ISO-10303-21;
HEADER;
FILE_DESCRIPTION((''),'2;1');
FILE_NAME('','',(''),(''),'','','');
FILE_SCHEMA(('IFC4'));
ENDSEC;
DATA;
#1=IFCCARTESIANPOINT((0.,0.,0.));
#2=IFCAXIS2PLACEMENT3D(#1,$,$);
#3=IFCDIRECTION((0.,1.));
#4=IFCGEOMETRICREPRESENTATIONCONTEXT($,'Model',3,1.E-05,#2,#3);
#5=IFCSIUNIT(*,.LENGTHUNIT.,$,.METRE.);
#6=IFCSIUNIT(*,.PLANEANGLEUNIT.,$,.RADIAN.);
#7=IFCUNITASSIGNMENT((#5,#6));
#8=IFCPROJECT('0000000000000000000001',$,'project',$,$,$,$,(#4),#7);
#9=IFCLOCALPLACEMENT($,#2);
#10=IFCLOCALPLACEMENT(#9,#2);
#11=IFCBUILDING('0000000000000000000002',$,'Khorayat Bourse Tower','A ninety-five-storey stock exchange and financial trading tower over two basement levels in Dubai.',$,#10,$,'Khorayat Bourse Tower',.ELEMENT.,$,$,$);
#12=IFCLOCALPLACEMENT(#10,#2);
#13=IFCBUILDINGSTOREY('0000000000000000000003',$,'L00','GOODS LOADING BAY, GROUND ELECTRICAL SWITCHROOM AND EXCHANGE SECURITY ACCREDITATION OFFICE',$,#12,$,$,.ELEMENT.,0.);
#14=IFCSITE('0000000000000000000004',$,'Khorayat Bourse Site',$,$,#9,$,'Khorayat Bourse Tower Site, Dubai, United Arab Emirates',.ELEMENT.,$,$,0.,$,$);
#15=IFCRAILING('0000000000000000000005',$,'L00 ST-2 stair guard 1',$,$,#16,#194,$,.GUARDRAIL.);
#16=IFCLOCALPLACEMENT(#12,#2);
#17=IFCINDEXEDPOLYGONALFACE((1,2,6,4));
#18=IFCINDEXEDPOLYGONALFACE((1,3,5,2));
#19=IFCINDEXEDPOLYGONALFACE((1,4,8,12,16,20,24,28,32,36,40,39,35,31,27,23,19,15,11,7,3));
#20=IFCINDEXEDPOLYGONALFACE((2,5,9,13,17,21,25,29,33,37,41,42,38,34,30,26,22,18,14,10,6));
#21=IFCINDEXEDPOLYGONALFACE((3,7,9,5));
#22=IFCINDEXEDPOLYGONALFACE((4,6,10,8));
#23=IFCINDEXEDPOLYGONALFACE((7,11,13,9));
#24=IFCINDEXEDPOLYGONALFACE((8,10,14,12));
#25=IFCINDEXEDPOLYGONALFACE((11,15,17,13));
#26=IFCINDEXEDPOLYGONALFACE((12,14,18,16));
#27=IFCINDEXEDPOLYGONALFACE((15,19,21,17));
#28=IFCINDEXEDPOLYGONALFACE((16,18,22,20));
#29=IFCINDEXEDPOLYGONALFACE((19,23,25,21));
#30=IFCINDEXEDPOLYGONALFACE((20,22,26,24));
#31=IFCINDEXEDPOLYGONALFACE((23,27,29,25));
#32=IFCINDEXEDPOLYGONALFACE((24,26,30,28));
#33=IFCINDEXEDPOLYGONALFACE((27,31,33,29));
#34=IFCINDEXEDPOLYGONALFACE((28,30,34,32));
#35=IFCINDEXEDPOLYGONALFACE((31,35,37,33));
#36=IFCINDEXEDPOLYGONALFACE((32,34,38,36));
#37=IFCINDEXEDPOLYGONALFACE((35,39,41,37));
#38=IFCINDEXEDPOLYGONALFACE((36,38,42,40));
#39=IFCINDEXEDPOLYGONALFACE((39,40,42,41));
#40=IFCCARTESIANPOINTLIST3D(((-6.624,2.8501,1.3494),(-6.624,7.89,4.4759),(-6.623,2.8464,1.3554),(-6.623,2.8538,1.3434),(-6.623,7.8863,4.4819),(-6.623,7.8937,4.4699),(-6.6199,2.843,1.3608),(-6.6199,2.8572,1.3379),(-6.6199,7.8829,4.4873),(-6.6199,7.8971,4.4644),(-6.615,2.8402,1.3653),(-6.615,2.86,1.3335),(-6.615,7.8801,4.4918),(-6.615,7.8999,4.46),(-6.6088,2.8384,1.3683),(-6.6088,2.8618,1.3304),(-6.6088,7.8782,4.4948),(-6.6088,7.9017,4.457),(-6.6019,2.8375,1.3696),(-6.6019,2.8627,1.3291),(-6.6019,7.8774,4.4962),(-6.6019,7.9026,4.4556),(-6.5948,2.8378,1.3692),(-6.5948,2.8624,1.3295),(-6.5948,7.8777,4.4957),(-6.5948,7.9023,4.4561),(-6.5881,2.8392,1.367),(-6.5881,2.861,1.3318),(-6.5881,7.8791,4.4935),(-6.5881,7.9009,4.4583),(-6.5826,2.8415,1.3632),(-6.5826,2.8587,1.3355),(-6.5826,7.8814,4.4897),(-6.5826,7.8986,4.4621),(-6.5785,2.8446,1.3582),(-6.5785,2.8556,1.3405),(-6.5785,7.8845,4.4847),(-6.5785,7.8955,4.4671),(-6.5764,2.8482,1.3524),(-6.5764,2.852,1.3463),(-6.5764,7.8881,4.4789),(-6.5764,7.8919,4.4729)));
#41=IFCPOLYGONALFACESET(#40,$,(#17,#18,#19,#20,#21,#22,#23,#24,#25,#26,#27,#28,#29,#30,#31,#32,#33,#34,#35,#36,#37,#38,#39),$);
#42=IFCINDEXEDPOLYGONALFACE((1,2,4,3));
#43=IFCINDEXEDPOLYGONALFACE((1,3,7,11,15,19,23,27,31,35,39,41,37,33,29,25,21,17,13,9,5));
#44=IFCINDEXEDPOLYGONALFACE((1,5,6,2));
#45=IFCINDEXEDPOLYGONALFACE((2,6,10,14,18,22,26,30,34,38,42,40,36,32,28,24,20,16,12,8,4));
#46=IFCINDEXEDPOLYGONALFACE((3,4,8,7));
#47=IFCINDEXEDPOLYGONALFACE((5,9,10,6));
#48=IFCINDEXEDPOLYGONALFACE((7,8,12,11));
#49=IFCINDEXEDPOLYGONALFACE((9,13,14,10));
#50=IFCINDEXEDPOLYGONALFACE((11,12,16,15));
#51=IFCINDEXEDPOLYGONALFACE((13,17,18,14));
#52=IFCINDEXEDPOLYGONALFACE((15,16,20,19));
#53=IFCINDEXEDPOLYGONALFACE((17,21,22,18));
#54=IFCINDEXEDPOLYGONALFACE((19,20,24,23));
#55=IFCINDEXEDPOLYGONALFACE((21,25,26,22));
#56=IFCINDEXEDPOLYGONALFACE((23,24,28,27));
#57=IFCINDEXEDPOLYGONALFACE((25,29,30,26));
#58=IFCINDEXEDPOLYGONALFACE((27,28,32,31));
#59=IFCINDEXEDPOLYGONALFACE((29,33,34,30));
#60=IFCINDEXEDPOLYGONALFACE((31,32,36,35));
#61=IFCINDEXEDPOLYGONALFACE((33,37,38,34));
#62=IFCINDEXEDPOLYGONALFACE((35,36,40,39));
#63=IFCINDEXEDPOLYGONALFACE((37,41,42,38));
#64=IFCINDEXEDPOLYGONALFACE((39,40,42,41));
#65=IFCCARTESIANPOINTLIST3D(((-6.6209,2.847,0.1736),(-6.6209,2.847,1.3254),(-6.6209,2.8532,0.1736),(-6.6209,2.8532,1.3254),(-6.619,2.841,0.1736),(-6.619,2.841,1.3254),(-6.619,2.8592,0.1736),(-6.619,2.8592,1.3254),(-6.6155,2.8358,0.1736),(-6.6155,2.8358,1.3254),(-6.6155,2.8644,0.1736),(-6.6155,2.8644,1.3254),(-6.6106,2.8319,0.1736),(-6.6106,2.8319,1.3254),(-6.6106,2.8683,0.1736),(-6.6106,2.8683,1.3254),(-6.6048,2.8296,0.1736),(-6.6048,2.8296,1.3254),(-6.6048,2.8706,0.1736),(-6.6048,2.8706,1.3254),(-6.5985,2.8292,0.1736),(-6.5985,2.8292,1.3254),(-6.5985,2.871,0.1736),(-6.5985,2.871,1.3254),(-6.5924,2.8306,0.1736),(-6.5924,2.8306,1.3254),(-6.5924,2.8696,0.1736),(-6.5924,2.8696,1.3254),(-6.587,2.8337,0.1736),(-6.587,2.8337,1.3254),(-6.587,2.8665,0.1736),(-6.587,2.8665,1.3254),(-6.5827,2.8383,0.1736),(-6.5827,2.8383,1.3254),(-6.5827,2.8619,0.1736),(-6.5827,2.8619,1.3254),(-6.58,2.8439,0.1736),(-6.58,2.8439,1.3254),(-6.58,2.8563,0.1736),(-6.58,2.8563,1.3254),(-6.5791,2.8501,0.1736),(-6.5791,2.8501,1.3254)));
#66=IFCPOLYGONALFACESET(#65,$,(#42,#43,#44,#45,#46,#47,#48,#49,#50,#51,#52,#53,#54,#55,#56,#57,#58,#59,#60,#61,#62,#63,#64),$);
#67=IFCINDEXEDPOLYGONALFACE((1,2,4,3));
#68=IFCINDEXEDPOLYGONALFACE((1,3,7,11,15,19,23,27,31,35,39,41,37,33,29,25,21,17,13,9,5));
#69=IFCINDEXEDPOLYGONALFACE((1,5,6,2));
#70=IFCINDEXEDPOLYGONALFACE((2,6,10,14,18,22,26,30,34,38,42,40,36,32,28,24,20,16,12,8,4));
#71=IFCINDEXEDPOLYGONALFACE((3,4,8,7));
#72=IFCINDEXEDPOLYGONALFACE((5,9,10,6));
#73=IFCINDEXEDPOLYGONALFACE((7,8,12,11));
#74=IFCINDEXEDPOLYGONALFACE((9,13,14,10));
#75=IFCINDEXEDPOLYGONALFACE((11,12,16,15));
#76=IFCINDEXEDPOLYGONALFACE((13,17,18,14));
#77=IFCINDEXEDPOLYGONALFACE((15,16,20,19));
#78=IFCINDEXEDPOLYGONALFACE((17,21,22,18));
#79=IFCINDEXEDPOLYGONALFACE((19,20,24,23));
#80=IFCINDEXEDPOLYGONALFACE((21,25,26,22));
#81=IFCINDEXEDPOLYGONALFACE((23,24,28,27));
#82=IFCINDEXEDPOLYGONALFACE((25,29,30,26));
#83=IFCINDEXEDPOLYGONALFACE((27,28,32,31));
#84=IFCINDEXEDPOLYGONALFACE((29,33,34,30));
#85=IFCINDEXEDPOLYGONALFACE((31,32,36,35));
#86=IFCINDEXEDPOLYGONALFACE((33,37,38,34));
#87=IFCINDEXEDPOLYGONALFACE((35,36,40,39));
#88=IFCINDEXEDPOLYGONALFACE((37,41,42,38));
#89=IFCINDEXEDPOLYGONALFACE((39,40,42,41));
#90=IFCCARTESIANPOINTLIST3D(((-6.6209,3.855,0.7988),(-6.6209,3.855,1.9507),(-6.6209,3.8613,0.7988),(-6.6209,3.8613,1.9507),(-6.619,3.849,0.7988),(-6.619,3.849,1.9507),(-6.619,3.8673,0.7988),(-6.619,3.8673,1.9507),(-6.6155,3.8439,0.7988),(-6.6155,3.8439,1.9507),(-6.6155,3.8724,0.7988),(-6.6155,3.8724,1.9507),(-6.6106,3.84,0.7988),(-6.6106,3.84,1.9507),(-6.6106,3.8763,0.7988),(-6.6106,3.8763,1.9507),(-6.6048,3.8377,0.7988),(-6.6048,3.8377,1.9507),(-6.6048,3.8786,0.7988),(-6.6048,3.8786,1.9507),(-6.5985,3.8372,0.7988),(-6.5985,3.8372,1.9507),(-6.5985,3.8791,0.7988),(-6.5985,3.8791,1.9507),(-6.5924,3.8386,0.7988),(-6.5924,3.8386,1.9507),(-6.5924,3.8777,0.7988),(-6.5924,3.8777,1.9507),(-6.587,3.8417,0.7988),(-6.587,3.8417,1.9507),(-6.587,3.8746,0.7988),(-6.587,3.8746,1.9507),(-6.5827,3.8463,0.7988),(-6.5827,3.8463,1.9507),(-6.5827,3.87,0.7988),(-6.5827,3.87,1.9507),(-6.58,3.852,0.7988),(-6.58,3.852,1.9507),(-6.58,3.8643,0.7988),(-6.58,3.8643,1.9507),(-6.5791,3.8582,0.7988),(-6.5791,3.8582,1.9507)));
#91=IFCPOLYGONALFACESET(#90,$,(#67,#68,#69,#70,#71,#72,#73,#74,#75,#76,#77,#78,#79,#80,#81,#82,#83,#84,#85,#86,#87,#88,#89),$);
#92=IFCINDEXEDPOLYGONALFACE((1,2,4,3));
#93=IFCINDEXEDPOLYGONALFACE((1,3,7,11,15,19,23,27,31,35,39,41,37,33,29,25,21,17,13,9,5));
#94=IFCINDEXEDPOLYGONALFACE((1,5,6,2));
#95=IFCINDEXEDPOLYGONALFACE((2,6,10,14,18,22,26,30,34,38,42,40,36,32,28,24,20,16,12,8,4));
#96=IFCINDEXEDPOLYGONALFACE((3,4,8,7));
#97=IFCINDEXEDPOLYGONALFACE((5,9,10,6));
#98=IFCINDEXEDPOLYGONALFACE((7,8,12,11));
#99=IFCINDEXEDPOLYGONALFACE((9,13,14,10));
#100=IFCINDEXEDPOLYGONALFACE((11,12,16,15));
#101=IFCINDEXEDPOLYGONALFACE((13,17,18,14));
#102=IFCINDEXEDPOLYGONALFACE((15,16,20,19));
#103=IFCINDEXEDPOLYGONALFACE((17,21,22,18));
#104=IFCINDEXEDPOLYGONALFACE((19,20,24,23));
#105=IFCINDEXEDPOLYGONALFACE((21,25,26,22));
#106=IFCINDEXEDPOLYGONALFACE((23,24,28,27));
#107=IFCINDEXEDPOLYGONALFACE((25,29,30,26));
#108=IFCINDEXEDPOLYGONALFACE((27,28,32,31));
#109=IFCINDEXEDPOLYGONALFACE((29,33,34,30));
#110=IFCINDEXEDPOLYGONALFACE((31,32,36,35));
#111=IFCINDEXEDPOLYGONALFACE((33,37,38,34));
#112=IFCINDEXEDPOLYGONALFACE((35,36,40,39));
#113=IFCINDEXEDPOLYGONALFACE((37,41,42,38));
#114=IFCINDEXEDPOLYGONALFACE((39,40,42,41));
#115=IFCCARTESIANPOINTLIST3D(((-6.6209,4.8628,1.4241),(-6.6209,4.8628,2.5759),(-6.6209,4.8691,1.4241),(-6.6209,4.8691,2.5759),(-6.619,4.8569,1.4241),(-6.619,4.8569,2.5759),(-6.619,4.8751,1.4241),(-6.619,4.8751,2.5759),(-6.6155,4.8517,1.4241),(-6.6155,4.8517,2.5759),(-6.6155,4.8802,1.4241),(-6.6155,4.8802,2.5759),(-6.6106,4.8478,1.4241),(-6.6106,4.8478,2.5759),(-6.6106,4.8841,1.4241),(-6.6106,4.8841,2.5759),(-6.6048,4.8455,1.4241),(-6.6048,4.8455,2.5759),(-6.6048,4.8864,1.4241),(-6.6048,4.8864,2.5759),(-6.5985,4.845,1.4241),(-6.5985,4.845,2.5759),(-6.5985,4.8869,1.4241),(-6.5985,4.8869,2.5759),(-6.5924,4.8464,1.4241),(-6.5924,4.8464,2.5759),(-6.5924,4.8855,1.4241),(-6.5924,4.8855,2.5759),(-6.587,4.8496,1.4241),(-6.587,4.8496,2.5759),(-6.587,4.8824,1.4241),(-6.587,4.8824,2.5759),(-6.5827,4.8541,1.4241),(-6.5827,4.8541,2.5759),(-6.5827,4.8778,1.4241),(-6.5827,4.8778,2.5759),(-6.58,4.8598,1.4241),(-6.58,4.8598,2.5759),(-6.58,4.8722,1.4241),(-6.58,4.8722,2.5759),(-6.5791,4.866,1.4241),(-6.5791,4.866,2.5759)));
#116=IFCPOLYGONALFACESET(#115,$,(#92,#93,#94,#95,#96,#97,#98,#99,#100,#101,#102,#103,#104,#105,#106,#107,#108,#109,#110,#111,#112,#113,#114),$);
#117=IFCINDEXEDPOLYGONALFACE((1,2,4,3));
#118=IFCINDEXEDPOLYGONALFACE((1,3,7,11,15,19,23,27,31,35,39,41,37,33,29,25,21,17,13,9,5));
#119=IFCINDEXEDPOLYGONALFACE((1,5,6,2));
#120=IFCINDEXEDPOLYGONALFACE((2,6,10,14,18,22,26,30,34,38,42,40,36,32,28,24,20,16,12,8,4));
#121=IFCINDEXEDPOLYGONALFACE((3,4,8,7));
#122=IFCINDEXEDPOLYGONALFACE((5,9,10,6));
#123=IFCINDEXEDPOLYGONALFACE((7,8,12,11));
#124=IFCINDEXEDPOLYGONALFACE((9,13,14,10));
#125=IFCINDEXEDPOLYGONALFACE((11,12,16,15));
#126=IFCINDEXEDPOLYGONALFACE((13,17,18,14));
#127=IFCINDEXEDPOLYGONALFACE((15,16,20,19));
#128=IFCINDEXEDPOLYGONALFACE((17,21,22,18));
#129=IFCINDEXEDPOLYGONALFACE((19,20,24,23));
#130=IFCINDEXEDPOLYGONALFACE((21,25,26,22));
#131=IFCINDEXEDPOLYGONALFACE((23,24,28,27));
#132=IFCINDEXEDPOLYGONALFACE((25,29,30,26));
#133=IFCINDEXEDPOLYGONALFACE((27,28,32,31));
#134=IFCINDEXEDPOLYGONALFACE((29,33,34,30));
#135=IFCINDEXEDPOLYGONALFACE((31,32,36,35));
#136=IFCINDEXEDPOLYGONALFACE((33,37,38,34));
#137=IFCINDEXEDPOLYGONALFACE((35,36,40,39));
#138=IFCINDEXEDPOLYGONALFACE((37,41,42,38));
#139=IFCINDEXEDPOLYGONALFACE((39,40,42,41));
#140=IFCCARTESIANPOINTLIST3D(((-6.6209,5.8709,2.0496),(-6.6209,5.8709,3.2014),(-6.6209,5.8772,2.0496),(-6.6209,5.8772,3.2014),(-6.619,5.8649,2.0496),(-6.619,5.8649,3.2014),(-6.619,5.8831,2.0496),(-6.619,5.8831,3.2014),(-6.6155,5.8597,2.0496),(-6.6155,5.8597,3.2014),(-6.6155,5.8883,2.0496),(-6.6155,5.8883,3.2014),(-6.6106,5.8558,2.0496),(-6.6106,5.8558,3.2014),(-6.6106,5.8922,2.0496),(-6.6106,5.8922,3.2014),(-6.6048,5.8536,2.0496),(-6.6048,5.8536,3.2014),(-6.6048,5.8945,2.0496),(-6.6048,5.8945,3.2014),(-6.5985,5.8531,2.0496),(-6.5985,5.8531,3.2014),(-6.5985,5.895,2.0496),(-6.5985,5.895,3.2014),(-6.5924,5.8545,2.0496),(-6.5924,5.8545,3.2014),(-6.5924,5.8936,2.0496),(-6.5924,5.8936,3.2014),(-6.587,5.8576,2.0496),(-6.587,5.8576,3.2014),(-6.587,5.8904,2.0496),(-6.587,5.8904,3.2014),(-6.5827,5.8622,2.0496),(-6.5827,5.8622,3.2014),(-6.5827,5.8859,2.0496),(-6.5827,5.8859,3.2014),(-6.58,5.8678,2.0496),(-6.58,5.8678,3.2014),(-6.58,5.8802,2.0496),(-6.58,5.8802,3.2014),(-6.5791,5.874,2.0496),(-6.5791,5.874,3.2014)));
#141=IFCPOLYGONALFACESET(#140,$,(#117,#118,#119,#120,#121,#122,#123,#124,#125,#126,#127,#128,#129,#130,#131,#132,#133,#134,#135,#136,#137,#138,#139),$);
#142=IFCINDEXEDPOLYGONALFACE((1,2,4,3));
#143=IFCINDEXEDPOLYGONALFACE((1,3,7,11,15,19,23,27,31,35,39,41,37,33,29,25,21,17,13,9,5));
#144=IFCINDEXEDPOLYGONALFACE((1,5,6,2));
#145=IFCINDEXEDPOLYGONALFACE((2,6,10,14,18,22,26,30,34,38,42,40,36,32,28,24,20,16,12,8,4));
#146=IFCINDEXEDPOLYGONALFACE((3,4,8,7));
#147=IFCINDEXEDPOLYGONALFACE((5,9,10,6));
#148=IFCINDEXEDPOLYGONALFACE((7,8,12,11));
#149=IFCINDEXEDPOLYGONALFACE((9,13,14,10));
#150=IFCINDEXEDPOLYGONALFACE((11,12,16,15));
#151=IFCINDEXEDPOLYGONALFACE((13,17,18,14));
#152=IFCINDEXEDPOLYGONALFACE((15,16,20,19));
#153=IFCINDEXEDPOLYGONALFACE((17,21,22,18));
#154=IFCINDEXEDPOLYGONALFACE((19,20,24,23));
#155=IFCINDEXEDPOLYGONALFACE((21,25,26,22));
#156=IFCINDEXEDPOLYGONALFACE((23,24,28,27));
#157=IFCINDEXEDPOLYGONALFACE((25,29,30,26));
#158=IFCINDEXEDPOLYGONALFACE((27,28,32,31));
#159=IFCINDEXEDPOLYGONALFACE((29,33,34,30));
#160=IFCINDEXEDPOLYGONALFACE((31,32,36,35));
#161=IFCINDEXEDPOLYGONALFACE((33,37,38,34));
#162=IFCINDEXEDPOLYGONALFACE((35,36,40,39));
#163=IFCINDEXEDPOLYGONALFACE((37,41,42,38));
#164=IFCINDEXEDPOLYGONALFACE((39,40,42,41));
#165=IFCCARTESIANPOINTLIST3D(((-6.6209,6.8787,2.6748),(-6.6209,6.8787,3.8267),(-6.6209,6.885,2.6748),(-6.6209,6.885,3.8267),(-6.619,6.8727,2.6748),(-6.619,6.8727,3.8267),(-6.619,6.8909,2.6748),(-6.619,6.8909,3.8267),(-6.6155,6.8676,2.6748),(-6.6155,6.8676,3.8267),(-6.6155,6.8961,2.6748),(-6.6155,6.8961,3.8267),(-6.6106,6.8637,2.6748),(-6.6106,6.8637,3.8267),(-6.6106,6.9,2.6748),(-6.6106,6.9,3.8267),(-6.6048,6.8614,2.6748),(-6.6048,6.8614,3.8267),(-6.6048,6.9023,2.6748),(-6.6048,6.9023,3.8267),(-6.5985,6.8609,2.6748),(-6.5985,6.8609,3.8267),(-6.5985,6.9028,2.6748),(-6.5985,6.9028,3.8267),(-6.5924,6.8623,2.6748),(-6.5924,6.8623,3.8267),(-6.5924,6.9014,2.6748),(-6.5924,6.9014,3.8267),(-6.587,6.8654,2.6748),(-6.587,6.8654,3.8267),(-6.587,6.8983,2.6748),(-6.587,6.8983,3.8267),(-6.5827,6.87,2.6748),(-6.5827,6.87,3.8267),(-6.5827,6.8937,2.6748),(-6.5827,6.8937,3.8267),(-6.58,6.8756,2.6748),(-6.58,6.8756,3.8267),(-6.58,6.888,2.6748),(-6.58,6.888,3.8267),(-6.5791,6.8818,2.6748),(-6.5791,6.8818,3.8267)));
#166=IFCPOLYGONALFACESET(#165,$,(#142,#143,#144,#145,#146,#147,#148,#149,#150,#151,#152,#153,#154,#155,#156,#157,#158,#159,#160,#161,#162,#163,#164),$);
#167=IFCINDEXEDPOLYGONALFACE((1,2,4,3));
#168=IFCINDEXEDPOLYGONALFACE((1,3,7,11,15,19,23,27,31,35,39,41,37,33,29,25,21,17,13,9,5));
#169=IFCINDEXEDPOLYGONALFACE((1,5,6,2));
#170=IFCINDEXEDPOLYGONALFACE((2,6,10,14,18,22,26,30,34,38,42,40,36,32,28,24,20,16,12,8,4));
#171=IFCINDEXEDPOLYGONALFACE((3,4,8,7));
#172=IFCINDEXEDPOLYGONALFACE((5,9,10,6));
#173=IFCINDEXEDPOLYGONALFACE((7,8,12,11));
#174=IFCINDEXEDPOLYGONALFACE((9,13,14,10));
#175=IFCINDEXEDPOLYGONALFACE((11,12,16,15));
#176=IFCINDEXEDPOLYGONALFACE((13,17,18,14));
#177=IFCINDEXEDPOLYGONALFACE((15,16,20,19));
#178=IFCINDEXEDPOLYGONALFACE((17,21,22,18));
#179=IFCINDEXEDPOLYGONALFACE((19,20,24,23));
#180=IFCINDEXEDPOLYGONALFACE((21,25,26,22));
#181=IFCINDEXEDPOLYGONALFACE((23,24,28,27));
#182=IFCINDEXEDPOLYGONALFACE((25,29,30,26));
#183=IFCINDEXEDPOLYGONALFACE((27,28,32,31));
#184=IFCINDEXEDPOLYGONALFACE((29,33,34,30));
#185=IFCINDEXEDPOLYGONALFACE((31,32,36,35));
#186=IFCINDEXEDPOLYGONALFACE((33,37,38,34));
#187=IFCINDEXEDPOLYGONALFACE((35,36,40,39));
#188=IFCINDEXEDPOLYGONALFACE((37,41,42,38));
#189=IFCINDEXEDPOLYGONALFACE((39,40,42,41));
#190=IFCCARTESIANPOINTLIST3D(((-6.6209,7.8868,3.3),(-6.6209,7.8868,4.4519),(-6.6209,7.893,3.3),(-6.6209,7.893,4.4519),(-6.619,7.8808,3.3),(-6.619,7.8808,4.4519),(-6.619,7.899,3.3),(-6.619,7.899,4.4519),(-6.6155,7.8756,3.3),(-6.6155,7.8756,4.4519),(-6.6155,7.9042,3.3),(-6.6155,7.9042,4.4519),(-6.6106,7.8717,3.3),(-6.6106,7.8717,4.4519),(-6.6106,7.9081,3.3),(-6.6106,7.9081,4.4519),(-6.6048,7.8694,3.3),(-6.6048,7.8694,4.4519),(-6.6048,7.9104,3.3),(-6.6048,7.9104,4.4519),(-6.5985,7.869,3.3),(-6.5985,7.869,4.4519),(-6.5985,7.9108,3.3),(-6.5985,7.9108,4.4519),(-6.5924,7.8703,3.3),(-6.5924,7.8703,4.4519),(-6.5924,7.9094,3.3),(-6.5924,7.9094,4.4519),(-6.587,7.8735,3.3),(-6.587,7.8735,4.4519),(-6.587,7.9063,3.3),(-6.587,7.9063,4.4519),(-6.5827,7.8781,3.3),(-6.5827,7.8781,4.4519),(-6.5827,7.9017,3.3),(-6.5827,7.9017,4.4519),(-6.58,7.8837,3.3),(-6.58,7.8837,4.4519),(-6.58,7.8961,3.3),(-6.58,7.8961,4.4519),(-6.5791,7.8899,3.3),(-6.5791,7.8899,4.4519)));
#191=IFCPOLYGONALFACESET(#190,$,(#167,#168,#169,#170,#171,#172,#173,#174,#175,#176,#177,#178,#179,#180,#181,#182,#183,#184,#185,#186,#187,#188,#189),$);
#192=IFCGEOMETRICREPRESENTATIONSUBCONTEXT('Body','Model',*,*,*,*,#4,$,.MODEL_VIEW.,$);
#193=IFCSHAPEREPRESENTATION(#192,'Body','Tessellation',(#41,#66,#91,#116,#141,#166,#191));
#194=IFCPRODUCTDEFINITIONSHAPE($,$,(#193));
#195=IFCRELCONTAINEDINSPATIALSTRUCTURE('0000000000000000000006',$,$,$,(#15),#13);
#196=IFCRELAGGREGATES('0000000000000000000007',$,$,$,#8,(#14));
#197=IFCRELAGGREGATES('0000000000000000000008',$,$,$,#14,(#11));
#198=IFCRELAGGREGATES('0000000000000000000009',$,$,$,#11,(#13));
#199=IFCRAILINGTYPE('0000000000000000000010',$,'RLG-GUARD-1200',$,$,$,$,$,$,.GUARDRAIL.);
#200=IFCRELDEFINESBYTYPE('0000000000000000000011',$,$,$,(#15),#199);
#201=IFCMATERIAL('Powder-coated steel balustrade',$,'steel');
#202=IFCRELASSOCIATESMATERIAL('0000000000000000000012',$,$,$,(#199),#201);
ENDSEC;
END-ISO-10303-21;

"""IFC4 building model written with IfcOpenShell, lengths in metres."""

from ifc_helpers import new_model, si_unit, direction, frame, origin, origin_2d, place, context, subcontext, project, spatial, circle, extrude, source, transform, mapped, material, type_object, element, save


model = new_model("IFC4")

# Units and contexts
model_context = context("Model", 3, precision=1e-05, world=origin(), true_north=direction((0.0, 1.0)))
body_context = subcontext(model_context, "Body", "Model", "MODEL_VIEW")
ifc_project = project(units=[si_unit("LENGTHUNIT", "METRE"), si_unit("PLANEANGLEUNIT", "RADIAN")], contexts=[model_context])

# Site, building, storey
site_placement = place(None, origin())
site = spatial("IfcSite", under=ifc_project, at=site_placement, Name="Khorayat Bourse Site", LongName="Khorayat Bourse Tower Site, Dubai, United Arab Emirates", CompositionType="ELEMENT", RefElevation=0.0)
building_placement = place(site_placement, origin())
building = spatial("IfcBuilding", under=site, at=building_placement, Name="Khorayat Bourse Tower", Description="A ninety-five-storey stock exchange and financial trading tower over two basement levels in Dubai.", LongName="Khorayat Bourse Tower", CompositionType="ELEMENT")
storey_placement = place(building_placement, origin())
storey = spatial("IfcBuildingStorey", under=building, at=storey_placement, Name="L00", Description="GOODS LOADING BAY, GROUND ELECTRICAL SWITCHROOM AND EXCHANGE SECURITY ACCREDITATION OFFICE", CompositionType="ELEMENT", Elevation=0.0)

# Railing
ifc_material_1 = material(Name="Powder-coated steel balustrade", Category="steel")
railing_type_1 = type_object("IfcRailingType", Name="RLG-GUARD-1200", PredefinedType="GUARDRAIL", material=ifc_material_1)
shared_shape_1 = source(origin(), body_context, "Body", "SweptSolid", [
    extrude(circle(Radius=0.0239, at=origin_2d()), frame((0.0, 0.0, 1.1758), z_axis=(0.0, 0.849767, 0.527158), x_axis=(-1.0, 0.0, 0.0)), (0.0, 0.0, 1.0), 5.9309),
    extrude(circle(Radius=0.021, at=origin_2d()), origin(), (0.0, 0.0, 1.0), 1.1519),
    extrude(circle(Radius=0.021, at=origin_2d()), frame((0.0, 1.0081, 0.6252)), (0.0, 0.0, 1.0), 1.1519),
    extrude(circle(Radius=0.021, at=origin_2d()), frame((0.0, 2.0159, 1.2505)), (0.0, 0.0, 1.0), 1.1519),
    extrude(circle(Radius=0.021, at=origin_2d()), frame((0.0, 3.0239, 1.876)), (0.0, 0.0, 1.0), 1.1519),
    extrude(circle(Radius=0.021, at=origin_2d()), frame((0.0, 4.0317, 2.5012)), (0.0, 0.0, 1.0), 1.1519),
    extrude(circle(Radius=0.021, at=origin_2d()), frame((0.0, 5.0398, 3.1265)), (0.0, 0.0, 1.0), 1.1519),
])
railing_1_placement = place(storey_placement, frame((-6.6001, 2.8501, 0.1736)))
element("IfcRailing", 1, at=railing_1_placement, inside=storey, type_object=railing_type_1, Name="L00 ST-2 stair guard 1", PredefinedType="GUARDRAIL", context=body_context, shape_type="MappedRepresentation", body=[
    mapped(shared_shape_1, transform((0.0, 0.0, 0.0), scale=1.0)),
])

save(model, "model.ifc")
